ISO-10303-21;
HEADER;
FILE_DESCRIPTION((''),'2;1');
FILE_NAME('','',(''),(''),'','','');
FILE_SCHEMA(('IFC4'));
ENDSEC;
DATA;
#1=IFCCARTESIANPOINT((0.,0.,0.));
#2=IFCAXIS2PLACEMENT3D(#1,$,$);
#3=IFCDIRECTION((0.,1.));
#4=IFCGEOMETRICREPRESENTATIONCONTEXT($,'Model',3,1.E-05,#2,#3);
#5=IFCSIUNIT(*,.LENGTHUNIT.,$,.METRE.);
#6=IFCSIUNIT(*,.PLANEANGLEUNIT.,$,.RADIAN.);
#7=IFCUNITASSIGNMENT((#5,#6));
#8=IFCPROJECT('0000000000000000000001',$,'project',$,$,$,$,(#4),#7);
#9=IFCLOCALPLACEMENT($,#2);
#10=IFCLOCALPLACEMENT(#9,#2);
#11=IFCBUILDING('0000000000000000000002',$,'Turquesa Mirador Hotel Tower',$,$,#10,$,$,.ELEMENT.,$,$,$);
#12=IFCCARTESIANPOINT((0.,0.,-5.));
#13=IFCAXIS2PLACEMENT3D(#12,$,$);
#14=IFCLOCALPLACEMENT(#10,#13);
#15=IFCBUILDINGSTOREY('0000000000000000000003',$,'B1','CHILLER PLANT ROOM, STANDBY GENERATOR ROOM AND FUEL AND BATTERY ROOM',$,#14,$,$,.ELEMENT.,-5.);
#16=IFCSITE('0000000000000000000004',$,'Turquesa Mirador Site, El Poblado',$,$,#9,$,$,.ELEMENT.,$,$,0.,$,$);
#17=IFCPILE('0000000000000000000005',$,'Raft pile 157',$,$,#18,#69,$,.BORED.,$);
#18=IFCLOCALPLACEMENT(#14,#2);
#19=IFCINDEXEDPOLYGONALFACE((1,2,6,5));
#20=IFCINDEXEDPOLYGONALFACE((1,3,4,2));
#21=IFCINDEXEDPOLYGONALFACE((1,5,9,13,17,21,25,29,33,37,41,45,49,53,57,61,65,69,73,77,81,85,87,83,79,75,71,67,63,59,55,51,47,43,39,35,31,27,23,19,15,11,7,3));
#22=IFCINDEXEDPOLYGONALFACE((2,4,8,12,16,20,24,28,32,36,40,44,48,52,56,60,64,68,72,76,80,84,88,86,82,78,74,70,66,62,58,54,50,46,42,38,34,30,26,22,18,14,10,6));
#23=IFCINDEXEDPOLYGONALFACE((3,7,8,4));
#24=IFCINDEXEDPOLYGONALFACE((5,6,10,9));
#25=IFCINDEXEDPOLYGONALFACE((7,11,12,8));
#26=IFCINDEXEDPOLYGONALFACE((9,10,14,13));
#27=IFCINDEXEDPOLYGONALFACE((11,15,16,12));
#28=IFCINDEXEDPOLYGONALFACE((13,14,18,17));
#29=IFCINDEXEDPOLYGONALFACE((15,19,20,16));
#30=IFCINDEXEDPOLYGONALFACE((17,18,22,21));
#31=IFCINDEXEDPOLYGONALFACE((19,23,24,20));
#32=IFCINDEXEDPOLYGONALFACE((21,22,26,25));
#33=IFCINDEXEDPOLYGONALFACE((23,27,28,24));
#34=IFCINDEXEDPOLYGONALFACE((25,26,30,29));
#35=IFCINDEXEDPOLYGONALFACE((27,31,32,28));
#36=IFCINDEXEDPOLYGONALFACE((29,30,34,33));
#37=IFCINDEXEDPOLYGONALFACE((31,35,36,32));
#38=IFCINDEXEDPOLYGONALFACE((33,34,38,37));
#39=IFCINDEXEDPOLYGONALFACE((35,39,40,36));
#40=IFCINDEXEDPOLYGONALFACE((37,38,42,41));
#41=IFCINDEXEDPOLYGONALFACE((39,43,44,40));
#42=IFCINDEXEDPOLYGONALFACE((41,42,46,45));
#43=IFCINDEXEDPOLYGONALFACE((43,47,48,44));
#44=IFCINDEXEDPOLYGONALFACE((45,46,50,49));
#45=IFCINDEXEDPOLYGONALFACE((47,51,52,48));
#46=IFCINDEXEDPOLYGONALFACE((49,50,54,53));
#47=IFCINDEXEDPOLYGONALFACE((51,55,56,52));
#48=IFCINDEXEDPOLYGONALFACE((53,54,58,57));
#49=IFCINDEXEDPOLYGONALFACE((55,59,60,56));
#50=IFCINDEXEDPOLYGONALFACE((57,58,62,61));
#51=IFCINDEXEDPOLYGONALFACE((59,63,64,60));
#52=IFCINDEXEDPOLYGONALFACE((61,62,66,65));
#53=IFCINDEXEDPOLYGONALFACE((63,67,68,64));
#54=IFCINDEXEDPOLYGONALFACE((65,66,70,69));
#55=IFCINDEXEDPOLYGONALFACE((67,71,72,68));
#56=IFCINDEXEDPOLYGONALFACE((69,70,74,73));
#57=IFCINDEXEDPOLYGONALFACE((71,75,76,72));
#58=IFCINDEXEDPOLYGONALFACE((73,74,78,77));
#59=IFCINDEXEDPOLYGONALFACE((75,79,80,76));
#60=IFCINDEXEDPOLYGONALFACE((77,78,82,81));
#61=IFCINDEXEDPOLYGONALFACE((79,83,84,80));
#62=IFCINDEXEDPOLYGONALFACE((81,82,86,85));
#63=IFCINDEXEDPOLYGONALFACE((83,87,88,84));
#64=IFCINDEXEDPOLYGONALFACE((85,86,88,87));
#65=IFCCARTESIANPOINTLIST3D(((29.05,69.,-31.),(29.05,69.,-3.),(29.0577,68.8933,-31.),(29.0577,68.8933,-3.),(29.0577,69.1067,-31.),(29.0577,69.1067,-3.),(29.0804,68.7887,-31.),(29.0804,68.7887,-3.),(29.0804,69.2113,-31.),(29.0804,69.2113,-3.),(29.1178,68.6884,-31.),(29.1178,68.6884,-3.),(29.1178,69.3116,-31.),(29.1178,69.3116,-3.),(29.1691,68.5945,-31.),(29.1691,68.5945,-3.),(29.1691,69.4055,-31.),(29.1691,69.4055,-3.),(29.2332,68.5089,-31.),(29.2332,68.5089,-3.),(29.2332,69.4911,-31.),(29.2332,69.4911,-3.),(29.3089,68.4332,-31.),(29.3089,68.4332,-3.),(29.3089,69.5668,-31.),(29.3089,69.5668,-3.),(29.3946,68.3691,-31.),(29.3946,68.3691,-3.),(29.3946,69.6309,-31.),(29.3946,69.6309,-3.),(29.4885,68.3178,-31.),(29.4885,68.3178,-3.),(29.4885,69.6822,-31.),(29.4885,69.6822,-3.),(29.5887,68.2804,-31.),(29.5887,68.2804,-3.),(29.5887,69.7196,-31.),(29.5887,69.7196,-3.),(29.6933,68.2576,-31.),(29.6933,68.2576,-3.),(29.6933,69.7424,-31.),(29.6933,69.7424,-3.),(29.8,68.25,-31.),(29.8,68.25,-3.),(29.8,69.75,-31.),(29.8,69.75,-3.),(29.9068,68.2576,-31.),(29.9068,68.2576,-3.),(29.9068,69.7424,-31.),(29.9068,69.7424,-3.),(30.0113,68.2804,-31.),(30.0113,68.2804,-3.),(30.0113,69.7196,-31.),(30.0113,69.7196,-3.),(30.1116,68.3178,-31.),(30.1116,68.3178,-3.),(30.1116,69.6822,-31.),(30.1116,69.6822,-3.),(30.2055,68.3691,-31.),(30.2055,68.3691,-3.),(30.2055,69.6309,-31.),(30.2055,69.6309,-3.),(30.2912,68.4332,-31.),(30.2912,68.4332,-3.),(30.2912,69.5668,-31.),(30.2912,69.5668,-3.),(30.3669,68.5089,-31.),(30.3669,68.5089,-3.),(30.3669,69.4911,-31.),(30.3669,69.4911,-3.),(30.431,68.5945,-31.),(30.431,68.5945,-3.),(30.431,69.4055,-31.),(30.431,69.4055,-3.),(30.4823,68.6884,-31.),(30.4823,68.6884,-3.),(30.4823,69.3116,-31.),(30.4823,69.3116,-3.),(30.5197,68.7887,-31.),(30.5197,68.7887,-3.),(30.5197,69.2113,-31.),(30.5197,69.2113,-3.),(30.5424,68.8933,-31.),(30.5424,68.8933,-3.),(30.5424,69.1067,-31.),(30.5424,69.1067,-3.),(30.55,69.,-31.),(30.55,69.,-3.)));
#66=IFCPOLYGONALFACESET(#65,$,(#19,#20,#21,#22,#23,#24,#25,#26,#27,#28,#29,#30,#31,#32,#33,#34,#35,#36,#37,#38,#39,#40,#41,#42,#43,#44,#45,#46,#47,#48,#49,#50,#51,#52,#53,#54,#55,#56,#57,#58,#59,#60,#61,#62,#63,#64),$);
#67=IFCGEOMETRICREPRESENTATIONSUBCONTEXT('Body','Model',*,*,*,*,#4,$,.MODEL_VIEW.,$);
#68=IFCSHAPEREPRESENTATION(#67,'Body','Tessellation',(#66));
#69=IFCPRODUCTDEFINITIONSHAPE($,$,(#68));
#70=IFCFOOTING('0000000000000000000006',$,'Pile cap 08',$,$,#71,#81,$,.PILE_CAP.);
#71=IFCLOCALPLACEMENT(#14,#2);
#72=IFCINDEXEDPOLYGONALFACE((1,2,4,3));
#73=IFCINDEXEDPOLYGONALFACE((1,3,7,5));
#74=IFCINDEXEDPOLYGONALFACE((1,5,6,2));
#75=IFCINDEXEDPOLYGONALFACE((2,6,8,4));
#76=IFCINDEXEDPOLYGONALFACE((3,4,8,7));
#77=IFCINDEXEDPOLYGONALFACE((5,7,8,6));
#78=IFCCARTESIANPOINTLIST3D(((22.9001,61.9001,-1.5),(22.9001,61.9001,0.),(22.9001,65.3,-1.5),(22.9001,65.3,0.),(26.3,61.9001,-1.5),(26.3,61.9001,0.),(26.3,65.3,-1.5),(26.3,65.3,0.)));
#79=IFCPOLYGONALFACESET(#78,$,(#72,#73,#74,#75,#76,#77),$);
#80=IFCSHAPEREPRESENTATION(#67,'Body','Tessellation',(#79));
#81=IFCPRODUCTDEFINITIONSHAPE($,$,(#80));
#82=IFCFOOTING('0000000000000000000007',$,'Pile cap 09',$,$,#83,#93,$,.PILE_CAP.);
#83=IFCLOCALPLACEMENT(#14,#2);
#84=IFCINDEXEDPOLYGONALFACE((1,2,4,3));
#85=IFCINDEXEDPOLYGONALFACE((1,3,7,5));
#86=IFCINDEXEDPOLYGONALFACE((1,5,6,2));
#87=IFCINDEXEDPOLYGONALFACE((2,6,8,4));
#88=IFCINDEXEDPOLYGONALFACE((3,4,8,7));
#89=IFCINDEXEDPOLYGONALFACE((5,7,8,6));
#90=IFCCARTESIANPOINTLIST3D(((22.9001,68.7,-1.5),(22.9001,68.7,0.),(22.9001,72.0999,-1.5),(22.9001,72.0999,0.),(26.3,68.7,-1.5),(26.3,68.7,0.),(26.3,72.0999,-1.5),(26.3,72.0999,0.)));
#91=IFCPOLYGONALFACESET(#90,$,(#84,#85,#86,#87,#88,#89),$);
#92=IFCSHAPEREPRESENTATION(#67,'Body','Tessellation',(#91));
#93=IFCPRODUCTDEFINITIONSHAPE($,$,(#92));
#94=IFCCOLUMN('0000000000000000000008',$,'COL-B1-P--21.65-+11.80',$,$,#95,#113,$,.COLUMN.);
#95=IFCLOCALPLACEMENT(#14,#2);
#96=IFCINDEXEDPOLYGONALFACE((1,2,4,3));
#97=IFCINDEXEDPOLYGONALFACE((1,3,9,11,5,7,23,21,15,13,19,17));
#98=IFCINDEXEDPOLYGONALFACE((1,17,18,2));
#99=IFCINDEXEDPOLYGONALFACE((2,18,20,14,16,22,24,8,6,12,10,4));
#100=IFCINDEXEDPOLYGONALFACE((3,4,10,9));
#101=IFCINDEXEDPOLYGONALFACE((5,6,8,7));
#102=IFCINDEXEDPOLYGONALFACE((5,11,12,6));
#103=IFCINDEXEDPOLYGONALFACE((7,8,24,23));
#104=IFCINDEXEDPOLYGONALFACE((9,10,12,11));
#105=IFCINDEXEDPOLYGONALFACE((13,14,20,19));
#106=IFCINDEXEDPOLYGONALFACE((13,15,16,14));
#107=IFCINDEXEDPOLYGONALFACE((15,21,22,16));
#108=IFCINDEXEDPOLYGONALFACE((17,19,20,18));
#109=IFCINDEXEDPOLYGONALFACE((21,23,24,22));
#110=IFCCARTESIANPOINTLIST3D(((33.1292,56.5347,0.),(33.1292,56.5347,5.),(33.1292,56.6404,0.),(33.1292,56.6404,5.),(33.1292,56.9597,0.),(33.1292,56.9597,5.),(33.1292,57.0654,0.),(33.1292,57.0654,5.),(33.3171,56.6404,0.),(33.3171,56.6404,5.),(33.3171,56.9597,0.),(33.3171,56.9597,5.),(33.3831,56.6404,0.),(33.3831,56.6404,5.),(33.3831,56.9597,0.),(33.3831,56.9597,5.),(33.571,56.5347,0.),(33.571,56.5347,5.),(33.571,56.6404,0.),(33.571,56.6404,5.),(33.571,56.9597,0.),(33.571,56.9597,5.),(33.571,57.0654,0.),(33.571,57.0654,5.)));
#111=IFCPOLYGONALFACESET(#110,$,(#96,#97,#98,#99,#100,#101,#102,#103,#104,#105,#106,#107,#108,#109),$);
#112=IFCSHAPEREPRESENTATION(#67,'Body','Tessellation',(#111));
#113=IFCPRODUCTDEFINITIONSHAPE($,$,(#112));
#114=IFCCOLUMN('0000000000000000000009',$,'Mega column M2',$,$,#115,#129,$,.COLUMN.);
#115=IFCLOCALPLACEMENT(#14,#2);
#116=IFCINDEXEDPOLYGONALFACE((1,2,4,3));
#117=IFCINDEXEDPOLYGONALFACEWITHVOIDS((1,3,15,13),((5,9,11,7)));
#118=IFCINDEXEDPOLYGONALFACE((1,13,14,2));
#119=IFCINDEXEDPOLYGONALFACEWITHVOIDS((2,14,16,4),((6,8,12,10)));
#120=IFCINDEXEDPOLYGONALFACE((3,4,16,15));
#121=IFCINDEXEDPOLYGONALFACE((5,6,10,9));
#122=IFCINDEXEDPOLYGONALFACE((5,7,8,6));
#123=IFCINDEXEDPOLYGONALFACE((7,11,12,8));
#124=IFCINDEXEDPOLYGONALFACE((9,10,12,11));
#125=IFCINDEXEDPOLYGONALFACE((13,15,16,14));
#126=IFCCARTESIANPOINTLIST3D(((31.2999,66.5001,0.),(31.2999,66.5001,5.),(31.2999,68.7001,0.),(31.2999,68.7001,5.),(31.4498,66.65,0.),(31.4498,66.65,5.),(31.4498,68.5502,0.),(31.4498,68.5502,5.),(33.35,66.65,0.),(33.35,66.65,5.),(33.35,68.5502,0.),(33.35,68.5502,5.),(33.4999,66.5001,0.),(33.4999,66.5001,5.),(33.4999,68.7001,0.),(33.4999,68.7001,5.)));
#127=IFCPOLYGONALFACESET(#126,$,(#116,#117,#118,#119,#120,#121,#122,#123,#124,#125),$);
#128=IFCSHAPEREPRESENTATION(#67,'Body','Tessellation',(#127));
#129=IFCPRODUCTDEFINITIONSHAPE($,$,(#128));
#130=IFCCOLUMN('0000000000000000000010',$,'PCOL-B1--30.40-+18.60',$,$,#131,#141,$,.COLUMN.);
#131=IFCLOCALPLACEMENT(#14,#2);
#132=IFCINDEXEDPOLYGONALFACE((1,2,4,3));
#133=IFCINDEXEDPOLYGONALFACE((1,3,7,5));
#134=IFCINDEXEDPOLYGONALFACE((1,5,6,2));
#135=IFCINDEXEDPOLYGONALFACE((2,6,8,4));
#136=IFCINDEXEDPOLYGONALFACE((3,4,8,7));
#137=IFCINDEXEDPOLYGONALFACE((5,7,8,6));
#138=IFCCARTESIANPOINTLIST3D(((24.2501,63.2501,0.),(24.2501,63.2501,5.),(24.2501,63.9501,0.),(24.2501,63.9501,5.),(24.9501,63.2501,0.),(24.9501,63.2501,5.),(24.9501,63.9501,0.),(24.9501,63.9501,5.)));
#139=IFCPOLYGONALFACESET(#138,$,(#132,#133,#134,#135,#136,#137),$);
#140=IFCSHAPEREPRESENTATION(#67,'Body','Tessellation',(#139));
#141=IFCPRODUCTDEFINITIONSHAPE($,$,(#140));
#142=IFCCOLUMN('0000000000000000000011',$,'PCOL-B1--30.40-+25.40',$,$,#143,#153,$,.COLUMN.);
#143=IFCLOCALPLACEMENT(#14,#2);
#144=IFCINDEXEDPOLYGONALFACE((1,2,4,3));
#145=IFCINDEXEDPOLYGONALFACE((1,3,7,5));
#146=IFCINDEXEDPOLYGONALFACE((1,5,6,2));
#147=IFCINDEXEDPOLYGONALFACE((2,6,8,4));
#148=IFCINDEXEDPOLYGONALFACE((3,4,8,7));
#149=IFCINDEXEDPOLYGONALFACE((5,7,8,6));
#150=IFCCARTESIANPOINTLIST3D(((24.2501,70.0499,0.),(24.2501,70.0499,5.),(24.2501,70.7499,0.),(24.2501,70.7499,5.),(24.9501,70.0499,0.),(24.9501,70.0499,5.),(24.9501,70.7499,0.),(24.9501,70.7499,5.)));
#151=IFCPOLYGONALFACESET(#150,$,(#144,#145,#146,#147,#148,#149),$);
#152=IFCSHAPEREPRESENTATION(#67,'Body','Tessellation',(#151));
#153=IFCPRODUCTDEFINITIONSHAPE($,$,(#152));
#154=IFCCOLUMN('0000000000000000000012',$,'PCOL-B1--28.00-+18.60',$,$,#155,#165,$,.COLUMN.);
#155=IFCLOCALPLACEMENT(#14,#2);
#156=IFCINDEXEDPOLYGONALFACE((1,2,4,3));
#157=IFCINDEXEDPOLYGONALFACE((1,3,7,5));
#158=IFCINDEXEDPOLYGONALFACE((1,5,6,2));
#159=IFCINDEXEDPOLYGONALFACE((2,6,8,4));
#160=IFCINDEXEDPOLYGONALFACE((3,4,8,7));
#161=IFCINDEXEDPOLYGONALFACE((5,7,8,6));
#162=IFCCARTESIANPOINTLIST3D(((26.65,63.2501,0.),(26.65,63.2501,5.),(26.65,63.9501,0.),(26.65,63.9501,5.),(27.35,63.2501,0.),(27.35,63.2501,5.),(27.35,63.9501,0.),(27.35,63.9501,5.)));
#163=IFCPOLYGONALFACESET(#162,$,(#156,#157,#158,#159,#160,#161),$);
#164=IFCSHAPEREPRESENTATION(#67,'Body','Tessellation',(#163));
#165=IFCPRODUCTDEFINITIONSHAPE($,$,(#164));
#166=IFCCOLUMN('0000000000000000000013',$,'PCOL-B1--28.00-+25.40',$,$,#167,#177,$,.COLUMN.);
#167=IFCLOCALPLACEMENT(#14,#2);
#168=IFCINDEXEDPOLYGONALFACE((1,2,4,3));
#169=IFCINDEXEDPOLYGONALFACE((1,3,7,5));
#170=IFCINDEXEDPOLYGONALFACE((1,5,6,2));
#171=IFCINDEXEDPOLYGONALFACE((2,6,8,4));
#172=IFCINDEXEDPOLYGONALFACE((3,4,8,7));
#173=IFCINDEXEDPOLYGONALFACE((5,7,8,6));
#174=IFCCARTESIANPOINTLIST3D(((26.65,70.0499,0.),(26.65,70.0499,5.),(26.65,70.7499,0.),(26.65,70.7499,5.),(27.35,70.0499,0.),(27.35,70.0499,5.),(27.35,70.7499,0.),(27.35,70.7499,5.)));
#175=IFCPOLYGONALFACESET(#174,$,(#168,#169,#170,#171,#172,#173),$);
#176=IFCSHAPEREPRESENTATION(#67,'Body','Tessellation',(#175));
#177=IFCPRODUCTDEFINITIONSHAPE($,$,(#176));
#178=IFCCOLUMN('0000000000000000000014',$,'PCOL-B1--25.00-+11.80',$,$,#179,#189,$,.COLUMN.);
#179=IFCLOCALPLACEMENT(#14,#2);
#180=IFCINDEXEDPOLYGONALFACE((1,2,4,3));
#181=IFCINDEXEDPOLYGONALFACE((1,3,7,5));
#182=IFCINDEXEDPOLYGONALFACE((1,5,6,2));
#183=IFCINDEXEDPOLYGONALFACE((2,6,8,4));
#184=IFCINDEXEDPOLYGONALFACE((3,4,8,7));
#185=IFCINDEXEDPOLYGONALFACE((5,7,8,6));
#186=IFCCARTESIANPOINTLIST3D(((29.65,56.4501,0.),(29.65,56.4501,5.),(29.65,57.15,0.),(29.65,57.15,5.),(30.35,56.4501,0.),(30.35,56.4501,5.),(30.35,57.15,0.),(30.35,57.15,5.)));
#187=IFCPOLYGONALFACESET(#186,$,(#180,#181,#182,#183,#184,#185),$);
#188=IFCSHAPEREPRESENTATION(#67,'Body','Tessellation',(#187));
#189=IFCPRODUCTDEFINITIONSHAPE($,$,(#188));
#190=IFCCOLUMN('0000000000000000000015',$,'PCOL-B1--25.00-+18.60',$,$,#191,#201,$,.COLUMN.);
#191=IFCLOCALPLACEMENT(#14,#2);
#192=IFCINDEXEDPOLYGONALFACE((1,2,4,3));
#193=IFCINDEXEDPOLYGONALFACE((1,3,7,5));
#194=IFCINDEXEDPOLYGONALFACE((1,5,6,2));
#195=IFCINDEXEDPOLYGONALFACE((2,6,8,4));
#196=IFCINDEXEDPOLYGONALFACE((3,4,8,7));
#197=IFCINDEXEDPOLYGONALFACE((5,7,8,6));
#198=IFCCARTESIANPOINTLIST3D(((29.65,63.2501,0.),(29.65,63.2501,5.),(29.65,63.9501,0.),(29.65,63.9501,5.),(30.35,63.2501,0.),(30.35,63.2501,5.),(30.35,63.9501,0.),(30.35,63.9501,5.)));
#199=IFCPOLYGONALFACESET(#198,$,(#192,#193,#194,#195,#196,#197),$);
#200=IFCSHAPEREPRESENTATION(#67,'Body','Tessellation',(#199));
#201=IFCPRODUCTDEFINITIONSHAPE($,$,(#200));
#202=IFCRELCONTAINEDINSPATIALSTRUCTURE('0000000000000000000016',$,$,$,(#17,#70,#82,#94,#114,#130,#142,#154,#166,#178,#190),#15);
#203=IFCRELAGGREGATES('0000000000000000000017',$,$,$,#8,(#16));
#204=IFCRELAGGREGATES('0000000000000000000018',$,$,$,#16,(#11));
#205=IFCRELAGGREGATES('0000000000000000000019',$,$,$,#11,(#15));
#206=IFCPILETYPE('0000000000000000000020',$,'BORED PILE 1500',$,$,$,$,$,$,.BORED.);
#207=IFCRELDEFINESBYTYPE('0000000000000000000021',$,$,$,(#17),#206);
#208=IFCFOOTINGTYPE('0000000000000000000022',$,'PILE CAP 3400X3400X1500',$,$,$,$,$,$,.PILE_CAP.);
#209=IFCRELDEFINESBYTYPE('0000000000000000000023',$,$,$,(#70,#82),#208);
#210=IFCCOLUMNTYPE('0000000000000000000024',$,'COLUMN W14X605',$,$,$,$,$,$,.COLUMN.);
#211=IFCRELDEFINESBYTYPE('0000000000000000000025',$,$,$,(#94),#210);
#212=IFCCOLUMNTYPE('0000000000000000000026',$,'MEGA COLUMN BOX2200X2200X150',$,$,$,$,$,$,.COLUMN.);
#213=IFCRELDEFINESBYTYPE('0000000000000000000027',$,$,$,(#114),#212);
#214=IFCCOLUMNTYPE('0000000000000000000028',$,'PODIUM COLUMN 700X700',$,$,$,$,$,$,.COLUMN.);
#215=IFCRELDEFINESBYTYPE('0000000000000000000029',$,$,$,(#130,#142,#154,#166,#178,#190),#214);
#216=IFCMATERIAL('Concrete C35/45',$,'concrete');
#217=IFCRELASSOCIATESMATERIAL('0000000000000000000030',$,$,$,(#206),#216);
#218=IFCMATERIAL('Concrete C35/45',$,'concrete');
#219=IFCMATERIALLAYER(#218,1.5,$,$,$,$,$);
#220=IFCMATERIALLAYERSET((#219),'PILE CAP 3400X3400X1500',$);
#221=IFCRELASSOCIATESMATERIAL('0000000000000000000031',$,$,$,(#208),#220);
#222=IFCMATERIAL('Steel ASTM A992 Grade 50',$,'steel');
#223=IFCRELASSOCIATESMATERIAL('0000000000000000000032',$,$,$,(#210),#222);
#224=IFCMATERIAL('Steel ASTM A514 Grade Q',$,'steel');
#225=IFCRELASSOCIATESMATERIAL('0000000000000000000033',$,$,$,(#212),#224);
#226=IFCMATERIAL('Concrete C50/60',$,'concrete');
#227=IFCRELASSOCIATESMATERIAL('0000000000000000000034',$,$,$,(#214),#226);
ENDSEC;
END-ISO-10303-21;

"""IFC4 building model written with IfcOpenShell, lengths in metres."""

from ifc_helpers import new_model, si_unit, direction, frame, origin, origin_2d, place, context, subcontext, project, spatial, rectangle, hollow_rectangle, circle, i_section, extrude, material, layer, layer_set, material_profile, profile_set, type_object, element, save


model = new_model("IFC4")

# Units and contexts
model_context = context("Model", 3, precision=1e-05, world=origin(), true_north=direction((0.0, 1.0)))
body_context = subcontext(model_context, "Body", "Model", "MODEL_VIEW")
ifc_project = project(units=[si_unit("LENGTHUNIT", "METRE"), si_unit("PLANEANGLEUNIT", "RADIAN")], contexts=[model_context])

# Site, building, storey
site_placement = place(None, origin())
site = spatial("IfcSite", under=ifc_project, at=site_placement, Name="Turquesa Mirador Site, El Poblado", CompositionType="ELEMENT", RefElevation=0.0)
building_placement = place(site_placement, origin())
building = spatial("IfcBuilding", under=site, at=building_placement, Name="Turquesa Mirador Hotel Tower", CompositionType="ELEMENT")
storey_placement = place(building_placement, frame((0.0, 0.0, -5.0)))
storey = spatial("IfcBuildingStorey", under=building, at=storey_placement, Name="B1", Description="CHILLER PLANT ROOM, STANDBY GENERATOR ROOM AND FUEL AND BATTERY ROOM", CompositionType="ELEMENT", Elevation=-5.0)

# Pile
ifc_material_1 = material(Name="Concrete C35/45", Category="concrete")
pile_type_1 = type_object("IfcPileType", Name="BORED PILE 1500", PredefinedType="BORED", material=ifc_material_1)
for number, where, z_axis, x_axis, name in (
    (1, (29.8, 69.0, -3.0), (0.0, 0.0, -1.0), (1.0, 0.0, 0.0), "Raft pile 157"),
):
    element("IfcPile", number, at=place(storey_placement, frame(where, z_axis=z_axis, x_axis=x_axis)), inside=storey, type_object=pile_type_1, Name=name, PredefinedType="BORED", context=body_context, shape_type="SweptSolid", body=[
        extrude(circle(Radius=0.75, at=origin_2d()), origin(), (0.0, 0.0, 1.0), 28.0),
    ])

# Footings
ifc_material_2 = material(Name="Concrete C35/45", Category="concrete")
ifc_layer_1 = layer(ifc_material_2, 1.5)
ifc_layer_set_1 = layer_set([ifc_layer_1], Name="PILE CAP 3400X3400X1500")
footing_type = type_object("IfcFootingType", Name="PILE CAP 3400X3400X1500", PredefinedType="PILE_CAP", material=ifc_layer_set_1)
for number, where, z_axis, x_axis, name in (
    (2, (24.6001, 63.6001, -1.5), (0.0, 0.0, 1.0), (1.0, 0.0, 0.0), "Pile cap 08"),
    (3, (24.6001, 70.3999, -1.5), (0.0, 0.0, 1.0), (1.0, 0.0, 0.0), "Pile cap 09"),
):
    element("IfcFooting", number, at=place(storey_placement, frame(where, z_axis=z_axis, x_axis=x_axis)), inside=storey, type_object=footing_type, Name=name, PredefinedType="PILE_CAP", context=body_context, shape_type="SweptSolid", body=[
        extrude(rectangle(XDim=3.3999, YDim=3.3999, at=origin_2d()), origin(), (0.0, 0.0, 1.0), 1.5),
    ])

# Columns
ifc_material_3 = material(Name="Steel ASTM A992 Grade 50", Category="steel")
ifc_material_profile_1 = material_profile(ifc_material_3, i_section(OverallWidth=0.4419, OverallDepth=0.5308, WebThickness=0.0659, FlangeThickness=0.1057, at=origin_2d()), Name="W14X605")
ifc_profile_set_1 = profile_set([ifc_material_profile_1], Name="Steel ASTM A992 Grade 50")
column_type_1 = type_object("IfcColumnType", Name="COLUMN W14X605", PredefinedType="COLUMN", material=ifc_profile_set_1)
column_1_placement = place(storey_placement, frame((33.3501, 56.8, 0.0), z_axis=(0.0, 0.0, 1.0), x_axis=(1.0, 0.0, 0.0)))
element("IfcColumn", 4, at=column_1_placement, inside=storey, type_object=column_type_1, Name="COL-B1-P--21.65-+11.80", PredefinedType="COLUMN", context=body_context, shape_type="SweptSolid", body=[
    extrude(i_section(OverallWidth=0.4419, OverallDepth=0.5308, WebThickness=0.0659, FlangeThickness=0.1057, at=origin_2d()), origin(), (0.0, 0.0, 1.0), 5.0),
])
ifc_material_4 = material(Name="Steel ASTM A514 Grade Q", Category="steel")
ifc_material_profile_2 = material_profile(ifc_material_4, hollow_rectangle(XDim=2.2, YDim=2.2, WallThickness=0.1499, at=origin_2d()), Name="BOX2200X2200X150")
ifc_profile_set_2 = profile_set([ifc_material_profile_2], Name="Steel ASTM A514 Grade Q")
column_type_2 = type_object("IfcColumnType", Name="MEGA COLUMN BOX2200X2200X150", PredefinedType="COLUMN", material=ifc_profile_set_2)
column_2_placement = place(storey_placement, frame((32.3999, 67.6001, 0.0), z_axis=(0.0, 0.0, 1.0), x_axis=(1.0, 0.0, 0.0)))
element("IfcColumn", 5, at=column_2_placement, inside=storey, type_object=column_type_2, Name="Mega column M2", PredefinedType="COLUMN", context=body_context, shape_type="SweptSolid", body=[
    extrude(hollow_rectangle(XDim=2.2, YDim=2.2, WallThickness=0.1499, at=origin_2d()), origin(), (0.0, 0.0, 1.0), 5.0),
])
ifc_material_5 = material(Name="Concrete C50/60", Category="concrete")
ifc_material_profile_3 = material_profile(ifc_material_5, rectangle(XDim=0.7, YDim=0.7, at=origin_2d()), Name="RC 700X700")
ifc_profile_set_3 = profile_set([ifc_material_profile_3], Name="Concrete C50/60")
column_type_3 = type_object("IfcColumnType", Name="PODIUM COLUMN 700X700", PredefinedType="COLUMN", material=ifc_profile_set_3)
for number, where, z_axis, x_axis, name in (
    (6, (24.6001, 63.6001, 0.0), (0.0, 0.0, 1.0), (1.0, 0.0, 0.0), "PCOL-B1--30.40-+18.60"),
    (7, (24.6001, 70.3999, 0.0), (0.0, 0.0, 1.0), (1.0, 0.0, 0.0), "PCOL-B1--30.40-+25.40"),
    (8, (27.0, 63.6001, 0.0), (0.0, 0.0, 1.0), (1.0, 0.0, 0.0), "PCOL-B1--28.00-+18.60"),
    (9, (27.0, 70.3999, 0.0), (0.0, 0.0, 1.0), (1.0, 0.0, 0.0), "PCOL-B1--28.00-+25.40"),
    (10, (30.0, 56.8, 0.0), (0.0, 0.0, 1.0), (1.0, 0.0, 0.0), "PCOL-B1--25.00-+11.80"),
    (11, (30.0, 63.6001, 0.0), (0.0, 0.0, 1.0), (1.0, 0.0, 0.0), "PCOL-B1--25.00-+18.60"),
):
    element("IfcColumn", number, at=place(storey_placement, frame(where, z_axis=z_axis, x_axis=x_axis)), inside=storey, type_object=column_type_3, Name=name, PredefinedType="COLUMN", context=body_context, shape_type="SweptSolid", body=[
        extrude(rectangle(XDim=0.7, YDim=0.7, at=origin_2d()), origin(), (0.0, 0.0, 1.0), 5.0),
    ])

save(model, "model.ifc")
